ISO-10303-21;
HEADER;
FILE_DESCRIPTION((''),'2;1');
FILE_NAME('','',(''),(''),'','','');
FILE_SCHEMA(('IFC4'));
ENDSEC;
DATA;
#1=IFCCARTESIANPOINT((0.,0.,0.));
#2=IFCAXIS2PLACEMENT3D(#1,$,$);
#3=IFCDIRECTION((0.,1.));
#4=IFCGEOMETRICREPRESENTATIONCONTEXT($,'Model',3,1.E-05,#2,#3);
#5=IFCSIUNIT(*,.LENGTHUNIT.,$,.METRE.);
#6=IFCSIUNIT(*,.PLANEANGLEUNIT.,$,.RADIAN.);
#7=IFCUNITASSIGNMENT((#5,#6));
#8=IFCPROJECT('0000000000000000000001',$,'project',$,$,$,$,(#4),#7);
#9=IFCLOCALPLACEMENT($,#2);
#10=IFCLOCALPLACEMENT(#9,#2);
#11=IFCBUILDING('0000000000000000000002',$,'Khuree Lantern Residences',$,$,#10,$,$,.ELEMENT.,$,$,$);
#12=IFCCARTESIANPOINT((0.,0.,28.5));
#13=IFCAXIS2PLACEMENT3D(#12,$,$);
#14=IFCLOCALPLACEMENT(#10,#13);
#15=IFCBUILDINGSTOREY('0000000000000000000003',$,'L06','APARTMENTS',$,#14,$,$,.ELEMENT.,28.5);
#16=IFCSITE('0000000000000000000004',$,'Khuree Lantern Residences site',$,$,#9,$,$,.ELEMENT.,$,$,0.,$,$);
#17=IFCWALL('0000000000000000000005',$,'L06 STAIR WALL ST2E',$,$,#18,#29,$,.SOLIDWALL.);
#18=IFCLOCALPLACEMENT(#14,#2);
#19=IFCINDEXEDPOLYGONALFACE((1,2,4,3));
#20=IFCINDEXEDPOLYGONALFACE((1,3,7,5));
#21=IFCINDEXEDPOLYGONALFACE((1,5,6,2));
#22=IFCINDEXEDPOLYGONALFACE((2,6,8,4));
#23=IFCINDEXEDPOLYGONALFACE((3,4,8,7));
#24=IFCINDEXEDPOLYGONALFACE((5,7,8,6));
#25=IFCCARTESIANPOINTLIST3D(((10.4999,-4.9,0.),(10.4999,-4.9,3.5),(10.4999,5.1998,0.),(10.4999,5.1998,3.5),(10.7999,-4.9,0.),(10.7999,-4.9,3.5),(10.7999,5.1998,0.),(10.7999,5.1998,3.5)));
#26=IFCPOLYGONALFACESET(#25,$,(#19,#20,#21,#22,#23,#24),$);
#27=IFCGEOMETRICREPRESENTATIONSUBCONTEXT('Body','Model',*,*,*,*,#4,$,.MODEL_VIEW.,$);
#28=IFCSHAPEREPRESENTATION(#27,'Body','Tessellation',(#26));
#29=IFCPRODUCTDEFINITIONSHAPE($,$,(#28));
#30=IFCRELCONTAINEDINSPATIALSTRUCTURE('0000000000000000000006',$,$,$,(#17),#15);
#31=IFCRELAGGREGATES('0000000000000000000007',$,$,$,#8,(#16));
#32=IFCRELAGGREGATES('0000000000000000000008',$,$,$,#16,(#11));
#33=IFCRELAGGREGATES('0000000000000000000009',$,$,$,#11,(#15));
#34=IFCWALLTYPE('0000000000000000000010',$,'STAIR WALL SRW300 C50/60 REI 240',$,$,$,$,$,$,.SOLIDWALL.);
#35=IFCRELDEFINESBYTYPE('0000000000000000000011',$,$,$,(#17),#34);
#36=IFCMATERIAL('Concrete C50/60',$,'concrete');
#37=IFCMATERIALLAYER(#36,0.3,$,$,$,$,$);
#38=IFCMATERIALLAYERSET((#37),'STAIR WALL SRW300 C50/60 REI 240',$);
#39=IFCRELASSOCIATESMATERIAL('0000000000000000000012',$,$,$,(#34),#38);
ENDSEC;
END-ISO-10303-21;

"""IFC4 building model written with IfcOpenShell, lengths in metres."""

from ifc_helpers import new_model, si_unit, direction, frame, frame_2d, origin, place, context, subcontext, project, spatial, rectangle, extrude, material, layer, layer_set, type_object, element, save


model = new_model("IFC4")

# Units and contexts
model_context = context("Model", 3, precision=1e-05, world=origin(), true_north=direction((0.0, 1.0)))
body_context = subcontext(model_context, "Body", "Model", "MODEL_VIEW")
ifc_project = project(units=[si_unit("LENGTHUNIT", "METRE"), si_unit("PLANEANGLEUNIT", "RADIAN")], contexts=[model_context])

# Site, building, storey
site_placement = place(None, origin())
site = spatial("IfcSite", under=ifc_project, at=site_placement, Name="Khuree Lantern Residences site", CompositionType="ELEMENT", RefElevation=0.0)
building_placement = place(site_placement, origin())
building = spatial("IfcBuilding", under=site, at=building_placement, Name="Khuree Lantern Residences", CompositionType="ELEMENT")
storey_placement = place(building_placement, frame((0.0, 0.0, 28.5)))
storey = spatial("IfcBuildingStorey", under=building, at=storey_placement, Name="L06", Description="APARTMENTS", CompositionType="ELEMENT", Elevation=28.5)

# Wall
ifc_material_1 = material(Name="Concrete C50/60", Category="concrete")
ifc_layer_1 = layer(ifc_material_1, 0.3)
ifc_layer_set_1 = layer_set([ifc_layer_1], Name="STAIR WALL SRW300 C50/60 REI 240")
wall_type_1 = type_object("IfcWallType", Name="STAIR WALL SRW300 C50/60 REI 240", PredefinedType="SOLIDWALL", material=ifc_layer_set_1)
wall_1_placement = place(storey_placement, frame((10.6499, -4.8999, 0.0), z_axis=(0.0, 0.0, 1.0), x_axis=(0.0, 1.0, 0.0)))
element("IfcWall", 1, at=wall_1_placement, inside=storey, type_object=wall_type_1, Name="L06 STAIR WALL ST2E", PredefinedType="SOLIDWALL", context=body_context, shape_type="SweptSolid", body=[
    extrude(rectangle(XDim=10.0999, YDim=0.3, at=frame_2d((5.0498, 0.0))), origin(), (0.0, 0.0, 1.0), 3.5),
])

save(model, "model.ifc")
